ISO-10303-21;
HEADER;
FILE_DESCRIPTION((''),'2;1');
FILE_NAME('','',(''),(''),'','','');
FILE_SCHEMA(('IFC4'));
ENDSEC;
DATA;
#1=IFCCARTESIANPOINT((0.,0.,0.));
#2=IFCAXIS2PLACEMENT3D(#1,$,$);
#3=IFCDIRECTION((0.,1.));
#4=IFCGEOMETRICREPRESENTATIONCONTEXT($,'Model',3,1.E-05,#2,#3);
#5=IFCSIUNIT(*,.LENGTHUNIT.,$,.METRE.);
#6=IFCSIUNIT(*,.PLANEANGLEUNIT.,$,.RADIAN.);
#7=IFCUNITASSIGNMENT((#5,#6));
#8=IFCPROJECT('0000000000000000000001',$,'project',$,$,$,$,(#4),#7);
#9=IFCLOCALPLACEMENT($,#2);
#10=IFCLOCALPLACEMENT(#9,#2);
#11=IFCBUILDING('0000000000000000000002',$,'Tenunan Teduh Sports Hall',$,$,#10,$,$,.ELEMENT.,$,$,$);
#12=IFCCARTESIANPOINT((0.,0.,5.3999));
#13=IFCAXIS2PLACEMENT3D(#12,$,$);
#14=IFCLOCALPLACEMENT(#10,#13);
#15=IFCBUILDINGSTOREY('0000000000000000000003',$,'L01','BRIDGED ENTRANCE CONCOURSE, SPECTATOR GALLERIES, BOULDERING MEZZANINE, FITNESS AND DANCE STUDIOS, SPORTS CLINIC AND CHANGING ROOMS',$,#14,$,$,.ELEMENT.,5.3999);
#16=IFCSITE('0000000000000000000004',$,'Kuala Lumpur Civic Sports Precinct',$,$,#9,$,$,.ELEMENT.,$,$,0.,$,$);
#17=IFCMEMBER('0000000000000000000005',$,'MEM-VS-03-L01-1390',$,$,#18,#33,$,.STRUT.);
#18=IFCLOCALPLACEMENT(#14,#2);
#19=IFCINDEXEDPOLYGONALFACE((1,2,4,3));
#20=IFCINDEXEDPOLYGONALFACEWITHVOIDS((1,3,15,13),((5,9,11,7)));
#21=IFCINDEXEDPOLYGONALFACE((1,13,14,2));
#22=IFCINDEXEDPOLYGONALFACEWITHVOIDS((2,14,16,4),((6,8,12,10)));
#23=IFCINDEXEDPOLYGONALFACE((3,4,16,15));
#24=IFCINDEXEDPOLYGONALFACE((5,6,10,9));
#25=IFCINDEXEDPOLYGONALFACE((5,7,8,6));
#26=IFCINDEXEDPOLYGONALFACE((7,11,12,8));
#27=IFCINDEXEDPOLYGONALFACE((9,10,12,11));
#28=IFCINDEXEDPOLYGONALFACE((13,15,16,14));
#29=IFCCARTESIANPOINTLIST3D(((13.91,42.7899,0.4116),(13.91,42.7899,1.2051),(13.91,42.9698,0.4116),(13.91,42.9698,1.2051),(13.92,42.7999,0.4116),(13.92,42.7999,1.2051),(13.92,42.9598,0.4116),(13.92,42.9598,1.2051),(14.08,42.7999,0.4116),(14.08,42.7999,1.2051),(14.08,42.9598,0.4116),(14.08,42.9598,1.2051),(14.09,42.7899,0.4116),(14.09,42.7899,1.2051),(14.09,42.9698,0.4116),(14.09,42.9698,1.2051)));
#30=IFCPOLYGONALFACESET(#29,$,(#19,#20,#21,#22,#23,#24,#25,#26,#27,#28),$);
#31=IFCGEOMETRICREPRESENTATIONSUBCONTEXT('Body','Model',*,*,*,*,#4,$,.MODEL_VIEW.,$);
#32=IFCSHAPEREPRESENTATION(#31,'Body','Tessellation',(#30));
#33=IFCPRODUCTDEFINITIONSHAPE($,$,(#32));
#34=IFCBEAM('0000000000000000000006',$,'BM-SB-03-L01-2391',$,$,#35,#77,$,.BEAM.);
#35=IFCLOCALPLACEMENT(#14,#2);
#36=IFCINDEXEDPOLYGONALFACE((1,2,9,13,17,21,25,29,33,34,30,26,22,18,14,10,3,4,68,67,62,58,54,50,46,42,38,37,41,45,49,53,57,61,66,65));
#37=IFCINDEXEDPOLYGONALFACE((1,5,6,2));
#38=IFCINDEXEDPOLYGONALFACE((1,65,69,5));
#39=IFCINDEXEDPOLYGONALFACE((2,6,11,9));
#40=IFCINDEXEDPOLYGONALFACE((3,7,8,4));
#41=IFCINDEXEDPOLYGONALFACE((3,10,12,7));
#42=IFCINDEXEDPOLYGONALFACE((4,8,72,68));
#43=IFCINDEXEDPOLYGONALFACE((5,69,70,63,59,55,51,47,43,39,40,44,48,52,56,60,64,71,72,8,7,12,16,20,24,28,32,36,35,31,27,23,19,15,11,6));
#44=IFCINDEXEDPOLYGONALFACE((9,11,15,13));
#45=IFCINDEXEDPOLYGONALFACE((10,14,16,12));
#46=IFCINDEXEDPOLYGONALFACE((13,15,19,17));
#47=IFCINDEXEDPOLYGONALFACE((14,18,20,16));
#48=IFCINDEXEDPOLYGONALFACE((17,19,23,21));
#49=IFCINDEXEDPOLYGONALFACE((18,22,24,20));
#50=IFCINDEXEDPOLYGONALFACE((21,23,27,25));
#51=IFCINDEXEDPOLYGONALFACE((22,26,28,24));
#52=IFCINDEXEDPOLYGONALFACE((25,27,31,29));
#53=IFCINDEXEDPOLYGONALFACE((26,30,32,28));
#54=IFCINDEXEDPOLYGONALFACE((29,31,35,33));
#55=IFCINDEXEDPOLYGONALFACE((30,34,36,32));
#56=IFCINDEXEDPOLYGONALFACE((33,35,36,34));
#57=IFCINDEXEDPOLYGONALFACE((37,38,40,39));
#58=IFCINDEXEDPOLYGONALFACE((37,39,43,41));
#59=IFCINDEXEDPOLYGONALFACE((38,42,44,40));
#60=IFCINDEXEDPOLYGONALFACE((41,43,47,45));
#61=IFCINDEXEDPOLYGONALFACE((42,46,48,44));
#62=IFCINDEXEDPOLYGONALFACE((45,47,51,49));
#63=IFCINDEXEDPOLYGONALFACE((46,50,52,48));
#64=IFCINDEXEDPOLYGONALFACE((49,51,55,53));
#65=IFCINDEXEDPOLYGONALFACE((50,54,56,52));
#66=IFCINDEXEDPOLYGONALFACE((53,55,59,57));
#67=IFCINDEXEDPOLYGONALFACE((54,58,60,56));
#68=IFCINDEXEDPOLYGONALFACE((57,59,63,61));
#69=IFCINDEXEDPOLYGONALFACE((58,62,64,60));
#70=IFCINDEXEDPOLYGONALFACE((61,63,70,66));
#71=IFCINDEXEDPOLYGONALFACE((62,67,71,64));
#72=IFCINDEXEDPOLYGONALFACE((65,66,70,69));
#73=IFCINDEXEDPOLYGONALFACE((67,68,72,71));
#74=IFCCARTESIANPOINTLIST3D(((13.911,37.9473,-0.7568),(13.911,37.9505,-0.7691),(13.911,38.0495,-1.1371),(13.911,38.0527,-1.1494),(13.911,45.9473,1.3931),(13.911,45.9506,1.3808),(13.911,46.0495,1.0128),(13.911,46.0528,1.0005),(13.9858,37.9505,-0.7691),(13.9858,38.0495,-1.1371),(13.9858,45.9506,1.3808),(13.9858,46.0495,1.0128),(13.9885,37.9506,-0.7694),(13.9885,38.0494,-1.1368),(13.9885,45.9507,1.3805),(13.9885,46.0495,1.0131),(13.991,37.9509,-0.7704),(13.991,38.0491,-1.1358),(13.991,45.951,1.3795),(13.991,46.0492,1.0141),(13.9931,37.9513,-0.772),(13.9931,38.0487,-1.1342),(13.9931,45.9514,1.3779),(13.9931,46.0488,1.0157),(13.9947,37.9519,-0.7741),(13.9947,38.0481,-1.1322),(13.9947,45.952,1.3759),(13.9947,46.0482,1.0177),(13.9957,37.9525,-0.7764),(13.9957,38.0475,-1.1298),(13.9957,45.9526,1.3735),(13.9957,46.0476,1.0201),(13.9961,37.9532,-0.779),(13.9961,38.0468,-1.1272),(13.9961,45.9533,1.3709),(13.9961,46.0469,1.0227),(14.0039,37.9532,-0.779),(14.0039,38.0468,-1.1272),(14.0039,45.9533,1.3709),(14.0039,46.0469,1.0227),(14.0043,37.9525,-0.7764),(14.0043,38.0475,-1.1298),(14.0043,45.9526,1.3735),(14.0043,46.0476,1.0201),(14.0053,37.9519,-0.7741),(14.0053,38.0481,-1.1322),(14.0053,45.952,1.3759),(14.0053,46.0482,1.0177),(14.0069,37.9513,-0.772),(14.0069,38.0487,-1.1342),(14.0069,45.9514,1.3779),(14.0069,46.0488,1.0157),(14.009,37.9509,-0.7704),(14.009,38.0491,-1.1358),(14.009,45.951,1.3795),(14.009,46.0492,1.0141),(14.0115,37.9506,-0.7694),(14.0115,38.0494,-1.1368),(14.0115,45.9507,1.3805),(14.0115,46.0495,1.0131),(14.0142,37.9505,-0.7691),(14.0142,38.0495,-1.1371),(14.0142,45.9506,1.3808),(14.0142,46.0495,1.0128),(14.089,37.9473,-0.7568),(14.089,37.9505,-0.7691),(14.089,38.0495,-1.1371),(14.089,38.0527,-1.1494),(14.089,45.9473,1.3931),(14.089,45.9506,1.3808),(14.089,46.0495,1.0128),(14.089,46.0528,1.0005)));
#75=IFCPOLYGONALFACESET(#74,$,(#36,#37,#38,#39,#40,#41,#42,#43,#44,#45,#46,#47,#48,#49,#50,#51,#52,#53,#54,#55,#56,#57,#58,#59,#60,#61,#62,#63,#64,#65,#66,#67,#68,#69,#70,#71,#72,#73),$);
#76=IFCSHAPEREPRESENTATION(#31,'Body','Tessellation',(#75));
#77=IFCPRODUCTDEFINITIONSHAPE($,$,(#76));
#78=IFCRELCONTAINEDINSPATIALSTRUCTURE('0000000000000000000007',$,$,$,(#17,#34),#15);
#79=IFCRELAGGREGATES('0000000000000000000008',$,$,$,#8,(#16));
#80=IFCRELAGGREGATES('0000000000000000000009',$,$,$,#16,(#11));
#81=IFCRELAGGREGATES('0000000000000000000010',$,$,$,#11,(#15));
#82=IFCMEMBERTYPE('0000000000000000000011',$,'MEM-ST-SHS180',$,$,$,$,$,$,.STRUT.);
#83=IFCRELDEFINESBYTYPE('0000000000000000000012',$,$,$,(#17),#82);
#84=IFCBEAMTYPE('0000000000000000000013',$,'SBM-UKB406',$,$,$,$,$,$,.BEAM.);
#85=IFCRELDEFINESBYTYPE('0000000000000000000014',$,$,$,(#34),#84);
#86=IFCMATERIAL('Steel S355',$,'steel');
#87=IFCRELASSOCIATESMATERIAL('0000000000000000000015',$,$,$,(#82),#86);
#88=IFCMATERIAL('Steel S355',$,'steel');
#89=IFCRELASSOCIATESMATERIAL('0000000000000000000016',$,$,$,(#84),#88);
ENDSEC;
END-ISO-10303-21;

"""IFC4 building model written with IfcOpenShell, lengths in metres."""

from ifc_helpers import new_model, si_unit, direction, frame, origin, origin_2d, place, context, subcontext, project, spatial, hollow_rectangle, i_section, extrude, material, material_profile, profile_set, type_object, element, save


model = new_model("IFC4")

# Units and contexts
model_context = context("Model", 3, precision=1e-05, world=origin(), true_north=direction((0.0, 1.0)))
body_context = subcontext(model_context, "Body", "Model", "MODEL_VIEW")
ifc_project = project(units=[si_unit("LENGTHUNIT", "METRE"), si_unit("PLANEANGLEUNIT", "RADIAN")], contexts=[model_context])

# Site, building, storey
site_placement = place(None, origin())
site = spatial("IfcSite", under=ifc_project, at=site_placement, Name="Kuala Lumpur Civic Sports Precinct", CompositionType="ELEMENT", RefElevation=0.0)
building_placement = place(site_placement, origin())
building = spatial("IfcBuilding", under=site, at=building_placement, Name="Tenunan Teduh Sports Hall", CompositionType="ELEMENT")
storey_placement = place(building_placement, frame((0.0, 0.0, 5.3999)))
storey = spatial("IfcBuildingStorey", under=building, at=storey_placement, Name="L01", Description="BRIDGED ENTRANCE CONCOURSE, SPECTATOR GALLERIES, BOULDERING MEZZANINE, FITNESS AND DANCE STUDIOS, SPORTS CLINIC AND CHANGING ROOMS", CompositionType="ELEMENT", Elevation=5.3999)

# Member
ifc_material_1 = material(Name="Steel S355", Category="steel")
ifc_material_profile_1 = material_profile(ifc_material_1, hollow_rectangle(XDim=0.1799, YDim=0.1799, WallThickness=0.01, at=origin_2d()), Name="SHS 180x180x10.0")
ifc_profile_set_1 = profile_set([ifc_material_profile_1], Name="Steel S355")
member_type = type_object("IfcMemberType", Name="MEM-ST-SHS180", PredefinedType="STRUT", material=ifc_profile_set_1)
member_1_placement = place(storey_placement, frame((14.0, 42.8799, 0.4116), z_axis=(0.0, 0.0, 1.0), x_axis=(1.0, 0.0, 0.0)))
element("IfcMember", 1, at=member_1_placement, inside=storey, type_object=member_type, Name="MEM-VS-03-L01-1390", PredefinedType="STRUT", context=body_context, shape_type="SweptSolid", body=[
    extrude(hollow_rectangle(XDim=0.1799, YDim=0.1799, WallThickness=0.01, at=origin_2d()), origin(), (0.0, 0.0, 1.0), 0.7935),
])

# Beam
ifc_material_2 = material(Name="Steel S355", Category="steel")
ifc_material_profile_2 = material_profile(ifc_material_2, i_section(OverallWidth=0.178, OverallDepth=0.4065, WebThickness=0.0078, FlangeThickness=0.0127, FilletRadius=0.0103, at=origin_2d()), Name="UKB 406x178x60")
ifc_profile_set_2 = profile_set([ifc_material_profile_2], Name="Steel S355")
beam_type_1 = type_object("IfcBeamType", Name="SBM-UKB406", PredefinedType="BEAM", material=ifc_profile_set_2)
beam_1_placement = place(storey_placement, frame((14.0, 38.0, -0.9531), z_axis=(0.0, 0.965735, 0.25953), x_axis=(-1.0, 0.0, 0.0)))
element("IfcBeam", 2, at=beam_1_placement, inside=storey, type_object=beam_type_1, Name="BM-SB-03-L01-2391", PredefinedType="BEAM", context=body_context, shape_type="SweptSolid", body=[
    extrude(i_section(OverallWidth=0.178, OverallDepth=0.4065, WebThickness=0.0078, FlangeThickness=0.0127, FilletRadius=0.0103, at=origin_2d()), origin(), (0.0, 0.0, 1.0), 8.2839),
])

save(model, "model.ifc")
